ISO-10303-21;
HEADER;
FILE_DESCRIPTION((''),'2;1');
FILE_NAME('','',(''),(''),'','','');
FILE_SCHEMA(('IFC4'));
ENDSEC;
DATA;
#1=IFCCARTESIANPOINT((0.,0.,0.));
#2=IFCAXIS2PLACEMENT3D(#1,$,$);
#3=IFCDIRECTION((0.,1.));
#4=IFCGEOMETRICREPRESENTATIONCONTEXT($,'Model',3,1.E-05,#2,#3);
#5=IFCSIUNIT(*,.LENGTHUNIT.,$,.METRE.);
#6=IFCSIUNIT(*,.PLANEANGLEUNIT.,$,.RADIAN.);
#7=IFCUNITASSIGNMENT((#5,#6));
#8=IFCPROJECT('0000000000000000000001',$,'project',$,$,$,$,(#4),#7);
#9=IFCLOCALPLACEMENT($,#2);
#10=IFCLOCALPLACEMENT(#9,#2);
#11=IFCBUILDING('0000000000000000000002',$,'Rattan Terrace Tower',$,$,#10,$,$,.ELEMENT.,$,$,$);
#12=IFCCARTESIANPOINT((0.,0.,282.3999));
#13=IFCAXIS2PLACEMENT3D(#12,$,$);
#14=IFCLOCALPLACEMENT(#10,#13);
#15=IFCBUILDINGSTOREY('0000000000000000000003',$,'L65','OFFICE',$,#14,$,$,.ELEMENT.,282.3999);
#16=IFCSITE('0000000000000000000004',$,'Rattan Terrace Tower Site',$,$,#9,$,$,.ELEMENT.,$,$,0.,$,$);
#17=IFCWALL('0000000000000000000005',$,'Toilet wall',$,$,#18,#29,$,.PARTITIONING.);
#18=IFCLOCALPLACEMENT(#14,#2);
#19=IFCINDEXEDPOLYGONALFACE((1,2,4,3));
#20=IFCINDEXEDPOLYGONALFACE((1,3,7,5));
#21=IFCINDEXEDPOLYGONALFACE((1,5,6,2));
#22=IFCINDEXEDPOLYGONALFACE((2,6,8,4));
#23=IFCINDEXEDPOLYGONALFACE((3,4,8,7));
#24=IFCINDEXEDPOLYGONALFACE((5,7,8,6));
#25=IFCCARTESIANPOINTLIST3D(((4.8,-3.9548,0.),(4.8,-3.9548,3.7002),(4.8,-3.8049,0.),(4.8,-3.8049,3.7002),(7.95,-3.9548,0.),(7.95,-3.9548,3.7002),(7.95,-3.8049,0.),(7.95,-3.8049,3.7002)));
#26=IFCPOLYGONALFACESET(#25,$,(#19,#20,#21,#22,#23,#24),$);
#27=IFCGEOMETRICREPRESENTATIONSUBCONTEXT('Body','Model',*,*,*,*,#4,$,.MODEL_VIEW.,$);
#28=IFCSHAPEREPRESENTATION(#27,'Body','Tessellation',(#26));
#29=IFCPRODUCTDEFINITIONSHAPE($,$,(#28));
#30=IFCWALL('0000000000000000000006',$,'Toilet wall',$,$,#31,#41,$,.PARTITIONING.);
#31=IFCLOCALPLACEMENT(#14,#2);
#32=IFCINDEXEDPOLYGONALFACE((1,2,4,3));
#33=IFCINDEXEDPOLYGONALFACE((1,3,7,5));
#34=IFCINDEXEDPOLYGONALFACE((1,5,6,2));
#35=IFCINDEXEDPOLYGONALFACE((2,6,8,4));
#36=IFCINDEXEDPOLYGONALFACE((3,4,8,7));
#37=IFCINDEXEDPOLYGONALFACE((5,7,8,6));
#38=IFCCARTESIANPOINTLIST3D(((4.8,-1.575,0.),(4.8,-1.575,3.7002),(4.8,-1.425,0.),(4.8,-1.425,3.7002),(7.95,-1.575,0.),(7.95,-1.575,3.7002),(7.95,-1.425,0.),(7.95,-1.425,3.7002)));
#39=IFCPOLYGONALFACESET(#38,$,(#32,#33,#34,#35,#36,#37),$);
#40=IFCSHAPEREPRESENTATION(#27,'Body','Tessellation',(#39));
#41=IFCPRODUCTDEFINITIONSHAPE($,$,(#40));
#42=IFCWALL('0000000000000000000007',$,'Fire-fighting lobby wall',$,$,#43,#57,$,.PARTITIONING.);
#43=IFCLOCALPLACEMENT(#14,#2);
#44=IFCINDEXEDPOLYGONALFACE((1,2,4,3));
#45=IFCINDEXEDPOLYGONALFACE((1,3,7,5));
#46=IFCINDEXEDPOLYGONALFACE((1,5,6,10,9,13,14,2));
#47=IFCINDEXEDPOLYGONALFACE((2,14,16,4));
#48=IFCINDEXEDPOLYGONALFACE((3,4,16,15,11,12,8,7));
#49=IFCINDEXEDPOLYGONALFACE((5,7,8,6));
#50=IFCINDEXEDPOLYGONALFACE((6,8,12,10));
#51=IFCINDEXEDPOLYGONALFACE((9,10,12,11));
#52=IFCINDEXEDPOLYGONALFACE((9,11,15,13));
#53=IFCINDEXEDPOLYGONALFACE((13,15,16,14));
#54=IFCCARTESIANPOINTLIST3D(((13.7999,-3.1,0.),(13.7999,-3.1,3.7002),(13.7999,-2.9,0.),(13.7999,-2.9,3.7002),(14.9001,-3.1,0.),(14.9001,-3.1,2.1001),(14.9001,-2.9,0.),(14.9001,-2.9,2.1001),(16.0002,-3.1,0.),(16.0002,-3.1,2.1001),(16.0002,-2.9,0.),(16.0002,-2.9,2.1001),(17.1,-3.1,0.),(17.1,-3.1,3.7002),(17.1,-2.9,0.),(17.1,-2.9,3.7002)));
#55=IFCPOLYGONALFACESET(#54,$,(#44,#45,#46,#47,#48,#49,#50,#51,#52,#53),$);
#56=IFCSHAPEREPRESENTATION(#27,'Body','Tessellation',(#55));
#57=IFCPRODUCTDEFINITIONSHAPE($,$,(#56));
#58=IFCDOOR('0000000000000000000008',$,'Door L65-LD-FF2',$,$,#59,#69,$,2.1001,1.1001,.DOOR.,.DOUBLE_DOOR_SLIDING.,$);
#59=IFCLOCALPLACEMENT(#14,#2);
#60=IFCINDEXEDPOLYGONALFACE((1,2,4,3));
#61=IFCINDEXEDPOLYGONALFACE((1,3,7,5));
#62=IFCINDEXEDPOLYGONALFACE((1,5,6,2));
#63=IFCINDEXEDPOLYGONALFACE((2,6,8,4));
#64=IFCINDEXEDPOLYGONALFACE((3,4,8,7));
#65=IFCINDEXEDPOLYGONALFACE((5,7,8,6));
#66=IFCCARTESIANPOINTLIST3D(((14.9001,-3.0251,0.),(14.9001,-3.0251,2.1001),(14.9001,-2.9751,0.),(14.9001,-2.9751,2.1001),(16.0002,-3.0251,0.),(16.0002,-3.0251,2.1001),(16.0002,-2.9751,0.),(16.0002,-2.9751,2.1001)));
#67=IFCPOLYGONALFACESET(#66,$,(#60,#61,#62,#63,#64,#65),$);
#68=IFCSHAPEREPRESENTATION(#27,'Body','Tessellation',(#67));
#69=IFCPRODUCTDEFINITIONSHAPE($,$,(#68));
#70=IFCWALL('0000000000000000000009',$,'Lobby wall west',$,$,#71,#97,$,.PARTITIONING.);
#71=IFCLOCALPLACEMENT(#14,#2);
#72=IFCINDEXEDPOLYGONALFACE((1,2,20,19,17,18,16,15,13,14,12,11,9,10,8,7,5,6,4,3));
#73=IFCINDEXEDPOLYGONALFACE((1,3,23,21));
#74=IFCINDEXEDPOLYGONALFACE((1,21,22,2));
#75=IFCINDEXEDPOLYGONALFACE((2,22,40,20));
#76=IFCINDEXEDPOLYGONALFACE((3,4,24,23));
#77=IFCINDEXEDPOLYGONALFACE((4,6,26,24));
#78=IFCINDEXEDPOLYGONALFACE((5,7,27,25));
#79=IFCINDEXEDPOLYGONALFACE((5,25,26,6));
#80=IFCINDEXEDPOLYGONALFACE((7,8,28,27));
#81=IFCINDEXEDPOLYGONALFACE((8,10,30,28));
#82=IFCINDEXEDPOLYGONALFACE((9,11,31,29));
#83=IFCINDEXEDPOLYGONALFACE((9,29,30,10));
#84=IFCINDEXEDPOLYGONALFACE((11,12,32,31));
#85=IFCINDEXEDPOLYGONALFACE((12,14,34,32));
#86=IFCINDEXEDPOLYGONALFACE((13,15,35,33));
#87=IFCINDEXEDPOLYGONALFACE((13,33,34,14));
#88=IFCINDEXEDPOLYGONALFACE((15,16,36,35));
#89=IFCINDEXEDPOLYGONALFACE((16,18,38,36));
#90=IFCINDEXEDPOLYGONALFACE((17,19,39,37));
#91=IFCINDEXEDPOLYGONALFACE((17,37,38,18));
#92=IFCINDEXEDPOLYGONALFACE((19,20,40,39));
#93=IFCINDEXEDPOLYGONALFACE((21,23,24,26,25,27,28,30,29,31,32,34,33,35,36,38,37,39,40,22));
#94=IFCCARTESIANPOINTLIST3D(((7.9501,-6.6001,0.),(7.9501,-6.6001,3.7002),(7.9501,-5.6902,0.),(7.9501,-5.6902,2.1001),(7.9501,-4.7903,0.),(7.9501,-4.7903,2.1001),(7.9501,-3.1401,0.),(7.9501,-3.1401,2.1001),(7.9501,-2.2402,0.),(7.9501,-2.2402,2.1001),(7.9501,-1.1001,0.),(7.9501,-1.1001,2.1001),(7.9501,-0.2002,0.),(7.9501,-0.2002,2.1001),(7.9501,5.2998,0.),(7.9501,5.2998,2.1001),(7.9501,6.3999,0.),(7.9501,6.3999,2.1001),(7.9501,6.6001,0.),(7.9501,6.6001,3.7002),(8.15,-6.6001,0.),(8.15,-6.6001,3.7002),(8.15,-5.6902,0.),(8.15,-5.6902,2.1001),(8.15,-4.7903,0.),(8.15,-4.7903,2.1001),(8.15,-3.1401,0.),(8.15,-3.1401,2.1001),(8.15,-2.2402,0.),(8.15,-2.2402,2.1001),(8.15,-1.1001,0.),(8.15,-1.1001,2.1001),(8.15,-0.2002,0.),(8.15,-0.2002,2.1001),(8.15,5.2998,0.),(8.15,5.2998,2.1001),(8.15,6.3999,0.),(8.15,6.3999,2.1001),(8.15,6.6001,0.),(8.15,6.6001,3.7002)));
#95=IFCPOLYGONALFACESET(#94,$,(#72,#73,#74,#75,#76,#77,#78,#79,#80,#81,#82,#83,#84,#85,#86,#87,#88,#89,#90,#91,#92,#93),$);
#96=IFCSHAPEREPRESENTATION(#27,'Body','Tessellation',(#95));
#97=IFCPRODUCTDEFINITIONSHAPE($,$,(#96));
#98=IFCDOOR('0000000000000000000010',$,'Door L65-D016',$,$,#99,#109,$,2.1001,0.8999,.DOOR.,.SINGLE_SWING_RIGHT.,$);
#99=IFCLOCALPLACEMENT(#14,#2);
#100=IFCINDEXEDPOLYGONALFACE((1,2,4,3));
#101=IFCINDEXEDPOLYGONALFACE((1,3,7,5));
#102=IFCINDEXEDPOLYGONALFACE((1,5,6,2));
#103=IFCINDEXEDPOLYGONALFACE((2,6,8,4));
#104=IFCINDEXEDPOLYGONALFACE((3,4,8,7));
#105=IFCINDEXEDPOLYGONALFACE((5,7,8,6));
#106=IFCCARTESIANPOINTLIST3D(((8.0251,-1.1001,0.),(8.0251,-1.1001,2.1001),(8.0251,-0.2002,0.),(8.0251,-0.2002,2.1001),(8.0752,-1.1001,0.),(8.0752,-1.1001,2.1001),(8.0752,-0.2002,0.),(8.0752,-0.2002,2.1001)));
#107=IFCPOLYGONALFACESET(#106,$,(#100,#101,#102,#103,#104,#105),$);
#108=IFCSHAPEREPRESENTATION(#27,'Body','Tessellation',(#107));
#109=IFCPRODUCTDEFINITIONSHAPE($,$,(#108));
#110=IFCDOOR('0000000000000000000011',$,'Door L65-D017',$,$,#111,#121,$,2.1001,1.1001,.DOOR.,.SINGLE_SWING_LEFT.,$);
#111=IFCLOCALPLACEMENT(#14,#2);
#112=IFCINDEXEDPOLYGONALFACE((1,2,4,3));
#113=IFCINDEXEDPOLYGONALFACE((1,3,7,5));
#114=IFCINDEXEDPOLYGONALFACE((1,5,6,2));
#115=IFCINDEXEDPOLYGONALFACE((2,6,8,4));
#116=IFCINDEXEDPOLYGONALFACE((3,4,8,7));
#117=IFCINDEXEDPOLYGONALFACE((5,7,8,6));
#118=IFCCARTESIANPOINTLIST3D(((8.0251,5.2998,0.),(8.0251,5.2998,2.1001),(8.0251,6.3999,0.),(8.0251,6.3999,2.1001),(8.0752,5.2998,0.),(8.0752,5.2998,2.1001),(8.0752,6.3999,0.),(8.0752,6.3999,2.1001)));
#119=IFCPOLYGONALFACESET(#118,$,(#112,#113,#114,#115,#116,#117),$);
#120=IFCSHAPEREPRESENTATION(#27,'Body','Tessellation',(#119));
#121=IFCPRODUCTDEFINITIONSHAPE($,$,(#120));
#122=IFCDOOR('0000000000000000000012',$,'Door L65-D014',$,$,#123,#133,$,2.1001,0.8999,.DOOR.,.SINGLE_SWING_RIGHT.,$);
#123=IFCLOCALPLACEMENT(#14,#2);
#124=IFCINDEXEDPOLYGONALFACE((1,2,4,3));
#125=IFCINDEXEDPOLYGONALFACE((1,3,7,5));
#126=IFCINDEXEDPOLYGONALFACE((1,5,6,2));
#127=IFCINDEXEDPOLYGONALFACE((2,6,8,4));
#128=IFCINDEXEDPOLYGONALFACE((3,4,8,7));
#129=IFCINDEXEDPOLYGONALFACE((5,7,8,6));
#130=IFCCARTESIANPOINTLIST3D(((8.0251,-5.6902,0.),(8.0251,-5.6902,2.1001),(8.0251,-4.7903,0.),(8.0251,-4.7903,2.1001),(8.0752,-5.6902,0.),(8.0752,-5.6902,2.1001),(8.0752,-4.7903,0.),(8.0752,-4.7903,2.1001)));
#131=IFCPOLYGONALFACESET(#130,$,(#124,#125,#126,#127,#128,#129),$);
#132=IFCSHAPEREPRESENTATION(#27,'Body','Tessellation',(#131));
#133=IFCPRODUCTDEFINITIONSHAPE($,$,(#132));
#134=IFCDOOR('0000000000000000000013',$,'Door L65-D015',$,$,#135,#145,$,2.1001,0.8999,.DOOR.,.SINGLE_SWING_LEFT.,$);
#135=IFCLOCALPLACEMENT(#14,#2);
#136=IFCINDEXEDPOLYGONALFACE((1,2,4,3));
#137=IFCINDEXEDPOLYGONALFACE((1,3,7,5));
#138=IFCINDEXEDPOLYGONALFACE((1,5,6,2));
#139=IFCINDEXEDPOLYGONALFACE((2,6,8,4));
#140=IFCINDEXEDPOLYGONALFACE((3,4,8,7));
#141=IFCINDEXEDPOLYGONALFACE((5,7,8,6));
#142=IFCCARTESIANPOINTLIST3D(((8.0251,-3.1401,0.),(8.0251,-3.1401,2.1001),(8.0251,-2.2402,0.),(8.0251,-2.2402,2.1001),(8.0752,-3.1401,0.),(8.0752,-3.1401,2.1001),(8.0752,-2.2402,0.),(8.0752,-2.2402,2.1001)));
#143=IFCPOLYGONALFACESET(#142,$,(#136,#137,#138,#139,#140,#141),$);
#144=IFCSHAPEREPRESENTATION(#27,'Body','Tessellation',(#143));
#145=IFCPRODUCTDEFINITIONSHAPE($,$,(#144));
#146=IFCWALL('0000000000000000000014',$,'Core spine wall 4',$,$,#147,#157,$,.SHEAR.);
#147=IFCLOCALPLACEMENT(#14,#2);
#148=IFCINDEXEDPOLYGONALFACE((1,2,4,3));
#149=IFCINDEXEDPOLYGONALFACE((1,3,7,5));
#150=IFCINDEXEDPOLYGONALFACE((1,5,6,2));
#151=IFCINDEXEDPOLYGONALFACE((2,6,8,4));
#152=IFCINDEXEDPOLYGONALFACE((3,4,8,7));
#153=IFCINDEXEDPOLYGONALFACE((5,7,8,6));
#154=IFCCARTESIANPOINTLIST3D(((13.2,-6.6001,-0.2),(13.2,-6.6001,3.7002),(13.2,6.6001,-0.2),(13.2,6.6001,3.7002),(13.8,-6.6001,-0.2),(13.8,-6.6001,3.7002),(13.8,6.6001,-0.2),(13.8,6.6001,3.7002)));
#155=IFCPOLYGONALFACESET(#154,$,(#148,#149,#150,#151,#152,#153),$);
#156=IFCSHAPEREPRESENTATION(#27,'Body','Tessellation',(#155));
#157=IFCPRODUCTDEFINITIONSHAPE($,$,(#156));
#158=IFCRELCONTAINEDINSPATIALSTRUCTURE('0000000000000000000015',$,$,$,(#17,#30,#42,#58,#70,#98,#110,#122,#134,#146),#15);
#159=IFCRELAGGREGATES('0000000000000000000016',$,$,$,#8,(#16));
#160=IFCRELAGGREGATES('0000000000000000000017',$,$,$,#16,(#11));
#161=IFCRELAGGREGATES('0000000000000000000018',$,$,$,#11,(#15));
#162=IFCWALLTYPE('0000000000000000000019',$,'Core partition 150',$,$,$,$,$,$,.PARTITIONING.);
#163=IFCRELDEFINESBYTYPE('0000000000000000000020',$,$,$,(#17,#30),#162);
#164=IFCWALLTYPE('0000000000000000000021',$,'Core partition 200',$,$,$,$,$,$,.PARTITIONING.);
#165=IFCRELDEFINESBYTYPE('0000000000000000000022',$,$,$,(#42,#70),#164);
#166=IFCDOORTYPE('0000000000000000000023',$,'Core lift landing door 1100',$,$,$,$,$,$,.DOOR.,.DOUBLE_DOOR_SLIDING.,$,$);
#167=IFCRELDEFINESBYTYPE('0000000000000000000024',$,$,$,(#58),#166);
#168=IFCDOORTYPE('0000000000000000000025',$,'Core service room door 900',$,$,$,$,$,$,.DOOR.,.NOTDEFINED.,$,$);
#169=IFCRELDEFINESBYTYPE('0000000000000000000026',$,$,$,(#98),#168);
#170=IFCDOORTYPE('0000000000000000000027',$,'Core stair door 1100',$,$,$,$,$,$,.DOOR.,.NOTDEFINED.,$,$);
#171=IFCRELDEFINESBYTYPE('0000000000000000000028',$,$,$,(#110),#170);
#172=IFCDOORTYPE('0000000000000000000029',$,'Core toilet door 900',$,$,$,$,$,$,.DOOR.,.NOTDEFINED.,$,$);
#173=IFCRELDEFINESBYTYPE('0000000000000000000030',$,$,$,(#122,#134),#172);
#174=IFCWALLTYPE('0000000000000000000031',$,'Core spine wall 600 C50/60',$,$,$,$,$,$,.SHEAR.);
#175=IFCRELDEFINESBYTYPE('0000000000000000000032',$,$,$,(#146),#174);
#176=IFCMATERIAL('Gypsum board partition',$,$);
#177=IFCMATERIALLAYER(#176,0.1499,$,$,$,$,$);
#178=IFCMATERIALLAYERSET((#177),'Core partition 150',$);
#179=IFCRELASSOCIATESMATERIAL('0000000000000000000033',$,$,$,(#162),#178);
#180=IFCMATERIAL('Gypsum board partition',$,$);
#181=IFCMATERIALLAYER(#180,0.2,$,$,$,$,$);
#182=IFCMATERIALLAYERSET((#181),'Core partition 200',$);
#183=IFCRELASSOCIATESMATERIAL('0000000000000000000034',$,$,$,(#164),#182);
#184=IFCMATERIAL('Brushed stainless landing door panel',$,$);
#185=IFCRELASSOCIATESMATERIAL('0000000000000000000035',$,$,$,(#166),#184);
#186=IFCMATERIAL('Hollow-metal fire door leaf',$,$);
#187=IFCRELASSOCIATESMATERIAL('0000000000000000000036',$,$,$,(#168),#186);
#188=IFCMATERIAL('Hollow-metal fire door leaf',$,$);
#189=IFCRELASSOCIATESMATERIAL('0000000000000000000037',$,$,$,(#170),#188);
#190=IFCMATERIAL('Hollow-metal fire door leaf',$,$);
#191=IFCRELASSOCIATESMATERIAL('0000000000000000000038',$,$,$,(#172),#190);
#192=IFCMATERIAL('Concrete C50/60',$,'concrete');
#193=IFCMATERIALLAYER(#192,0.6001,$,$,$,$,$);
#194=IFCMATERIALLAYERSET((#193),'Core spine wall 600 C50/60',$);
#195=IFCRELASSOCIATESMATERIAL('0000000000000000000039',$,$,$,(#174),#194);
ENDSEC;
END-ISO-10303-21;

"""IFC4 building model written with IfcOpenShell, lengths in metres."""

from ifc_helpers import new_model, si_unit, direction, frame, frame_2d, origin, place, context, subcontext, project, spatial, rectangle, extrude, material, layer, layer_set, type_object, element, fill, save


model = new_model("IFC4")

# Units and contexts
model_context = context("Model", 3, precision=1e-05, world=origin(), true_north=direction((0.0, 1.0)))
body_context = subcontext(model_context, "Body", "Model", "MODEL_VIEW")
ifc_project = project(units=[si_unit("LENGTHUNIT", "METRE"), si_unit("PLANEANGLEUNIT", "RADIAN")], contexts=[model_context])

# Site, building, storey
site_placement = place(None, origin())
site = spatial("IfcSite", under=ifc_project, at=site_placement, Name="Rattan Terrace Tower Site", CompositionType="ELEMENT", RefElevation=0.0)
building_placement = place(site_placement, origin())
building = spatial("IfcBuilding", under=site, at=building_placement, Name="Rattan Terrace Tower", CompositionType="ELEMENT")
storey_placement = place(building_placement, frame((0.0, 0.0, 282.3999)))
storey = spatial("IfcBuildingStorey", under=building, at=storey_placement, Name="L65", Description="OFFICE", CompositionType="ELEMENT", Elevation=282.3999)

# Walls
ifc_material_1 = material(Name="Gypsum board partition")
ifc_layer_1 = layer(ifc_material_1, 0.1499)
ifc_layer_set_1 = layer_set([ifc_layer_1], Name="Core partition 150")
wall_type_1 = type_object("IfcWallType", Name="Core partition 150", PredefinedType="PARTITIONING", material=ifc_layer_set_1)
for number, where, z_axis, x_axis, name in (
    (1, (4.8, -3.8799, 0.0), (0.0, 0.0, 1.0), (1.0, 0.0, 0.0), "Toilet wall"),
    (2, (4.8, -1.5, 0.0), (0.0, 0.0, 1.0), (1.0, 0.0, 0.0), "Toilet wall"),
):
    element("IfcWall", number, at=place(storey_placement, frame(where, z_axis=z_axis, x_axis=x_axis)), inside=storey, type_object=wall_type_1, Name=name, PredefinedType="PARTITIONING", context=body_context, shape_type="SweptSolid", body=[
        extrude(rectangle(XDim=3.1499, YDim=0.1499, at=frame_2d((1.575, 0.0))), origin(), (0.0, 0.0, 1.0), 3.7002),
    ])

# Wall, opening, door
ifc_material_2 = material(Name="Gypsum board partition")
ifc_layer_2 = layer(ifc_material_2, 0.2)
ifc_layer_set_2 = layer_set([ifc_layer_2], Name="Core partition 200")
wall_type_2 = type_object("IfcWallType", Name="Core partition 200", PredefinedType="PARTITIONING", material=ifc_layer_set_2)
wall_1_placement = place(storey_placement, frame((13.8, -3.0, 0.0), z_axis=(0.0, 0.0, 1.0), x_axis=(1.0, 0.0, 0.0)))
wall_1 = element("IfcWall", 3, at=wall_1_placement, inside=storey, type_object=wall_type_2, Name="Fire-fighting lobby wall", PredefinedType="PARTITIONING", context=body_context, shape_type="SweptSolid", body=[
    extrude(rectangle(XDim=3.3, YDim=0.2, at=frame_2d((1.6499, 0.0))), origin(), (0.0, 0.0, 1.0), 3.7002),
])
opening_1_placement = place(wall_1_placement, frame((1.1001, 0.0, 0.0)))
opening_1 = element("IfcOpeningElement", 4, at=opening_1_placement, cuts=wall_1, PredefinedType="OPENING", context=body_context, shape_type="SweptSolid", body=[
    extrude(rectangle(XDim=1.1001, YDim=2.1001, at=frame_2d((0.55, 1.05))), frame((0.0, 0.1106, 0.0), z_axis=(0.0, -1.0, 0.0), x_axis=(1.0, 0.0, 0.0)), (0.0, 0.0, 1.0), 0.2209),
])
ifc_material_3 = material(Name="Brushed stainless landing door panel")
door_type_1 = type_object("IfcDoorType", Name="Core lift landing door 1100", OperationType="DOUBLE_DOOR_SLIDING", PredefinedType="DOOR", material=ifc_material_3)
door_1_placement = place(opening_1_placement, origin())
door_1 = element("IfcDoor", 5, at=door_1_placement, inside=storey, type_object=door_type_1, Name="Door L65-LD-FF2", OperationType="DOUBLE_DOOR_SLIDING", OverallHeight=2.1001, OverallWidth=1.1001, PredefinedType="DOOR", context=body_context, shape_type="SweptSolid", body=[
    extrude(rectangle(XDim=1.1001, YDim=2.1001, at=frame_2d((0.55, 1.05))), frame((0.0, 0.0249, 0.0), z_axis=(0.0, -1.0, 0.0), x_axis=(1.0, 0.0, 0.0)), (0.0, 0.0, 1.0), 0.05),
])
fill(opening_1, door_1)

# Wall, openings, doors
wall_2_placement = place(storey_placement, frame((8.05, -6.6001, 0.0), z_axis=(0.0, 0.0, 1.0), x_axis=(0.0, 1.0, 0.0)))
wall_2 = element("IfcWall", 6, at=wall_2_placement, inside=storey, type_object=wall_type_2, Name="Lobby wall west", PredefinedType="PARTITIONING", context=body_context, shape_type="SweptSolid", body=[
    extrude(rectangle(XDim=13.2002, YDim=0.2, at=frame_2d((6.6001, 0.0))), origin(), (0.0, 0.0, 1.0), 3.7002),
])
opening_2_placement = place(wall_2_placement, frame((0.9099, 0.0, 0.0)))
opening_2 = element("IfcOpeningElement", 7, at=opening_2_placement, cuts=wall_2, PredefinedType="OPENING", context=body_context, shape_type="SweptSolid", body=[
    extrude(rectangle(XDim=0.8999, YDim=2.1001, at=frame_2d((0.45, 1.05))), frame((0.0, 0.1106, 0.0), z_axis=(0.0, -1.0, 0.0), x_axis=(1.0, 0.0, 0.0)), (0.0, 0.0, 1.0), 0.2209),
])
opening_3_placement = place(wall_2_placement, frame((3.46, 0.0, 0.0)))
opening_3 = element("IfcOpeningElement", 8, at=opening_3_placement, cuts=wall_2, PredefinedType="OPENING", context=body_context, shape_type="SweptSolid", body=[
    extrude(rectangle(XDim=0.8999, YDim=2.1001, at=frame_2d((0.45, 1.05))), frame((0.0, 0.1106, 0.0), z_axis=(0.0, -1.0, 0.0), x_axis=(1.0, 0.0, 0.0)), (0.0, 0.0, 1.0), 0.2209),
])
opening_4_placement = place(wall_2_placement, frame((5.5, 0.0, 0.0)))
opening_4 = element("IfcOpeningElement", 9, at=opening_4_placement, cuts=wall_2, PredefinedType="OPENING", context=body_context, shape_type="SweptSolid", body=[
    extrude(rectangle(XDim=0.8999, YDim=2.1001, at=frame_2d((0.45, 1.05))), frame((0.0, 0.1106, 0.0), z_axis=(0.0, -1.0, 0.0), x_axis=(1.0, 0.0, 0.0)), (0.0, 0.0, 1.0), 0.2209),
])
opening_5_placement = place(wall_2_placement, frame((11.8999, 0.0, 0.0)))
opening_5 = element("IfcOpeningElement", 10, at=opening_5_placement, cuts=wall_2, PredefinedType="OPENING", context=body_context, shape_type="SweptSolid", body=[
    extrude(rectangle(XDim=1.1001, YDim=2.1001, at=frame_2d((0.55, 1.05))), frame((0.0, 0.1106, 0.0), z_axis=(0.0, -1.0, 0.0), x_axis=(1.0, 0.0, 0.0)), (0.0, 0.0, 1.0), 0.2209),
])
ifc_material_4 = material(Name="Hollow-metal fire door leaf")
door_type_2 = type_object("IfcDoorType", Name="Core service room door 900", OperationType="NOTDEFINED", PredefinedType="DOOR", material=ifc_material_4)
door_2_placement = place(opening_4_placement, origin())
door_2 = element("IfcDoor", 11, at=door_2_placement, inside=storey, type_object=door_type_2, Name="Door L65-D016", OperationType="SINGLE_SWING_RIGHT", OverallHeight=2.1001, OverallWidth=0.8999, PredefinedType="DOOR", context=body_context, shape_type="SweptSolid", body=[
    extrude(rectangle(XDim=0.8999, YDim=2.1001, at=frame_2d((0.45, 1.05))), frame((0.0, 0.0249, 0.0), z_axis=(0.0, -1.0, 0.0), x_axis=(1.0, 0.0, 0.0)), (0.0, 0.0, 1.0), 0.05),
])
fill(opening_4, door_2)
ifc_material_5 = material(Name="Hollow-metal fire door leaf")
door_type_3 = type_object("IfcDoorType", Name="Core stair door 1100", OperationType="NOTDEFINED", PredefinedType="DOOR", material=ifc_material_5)
door_3_placement = place(opening_5_placement, origin())
door_3 = element("IfcDoor", 12, at=door_3_placement, inside=storey, type_object=door_type_3, Name="Door L65-D017", OperationType="SINGLE_SWING_LEFT", OverallHeight=2.1001, OverallWidth=1.1001, PredefinedType="DOOR", context=body_context, shape_type="SweptSolid", body=[
    extrude(rectangle(XDim=1.1001, YDim=2.1001, at=frame_2d((0.55, 1.05))), frame((0.0, 0.0249, 0.0), z_axis=(0.0, -1.0, 0.0), x_axis=(1.0, 0.0, 0.0)), (0.0, 0.0, 1.0), 0.05),
])
fill(opening_5, door_3)
ifc_material_6 = material(Name="Hollow-metal fire door leaf")
door_type_4 = type_object("IfcDoorType", Name="Core toilet door 900", OperationType="NOTDEFINED", PredefinedType="DOOR", material=ifc_material_6)
door_4_placement = place(opening_2_placement, origin())
door_4 = element("IfcDoor", 13, at=door_4_placement, inside=storey, type_object=door_type_4, Name="Door L65-D014", OperationType="SINGLE_SWING_RIGHT", OverallHeight=2.1001, OverallWidth=0.8999, PredefinedType="DOOR", context=body_context, shape_type="SweptSolid", body=[
    extrude(rectangle(XDim=0.8999, YDim=2.1001, at=frame_2d((0.45, 1.05))), frame((0.0, 0.0249, 0.0), z_axis=(0.0, -1.0, 0.0), x_axis=(1.0, 0.0, 0.0)), (0.0, 0.0, 1.0), 0.05),
])
fill(opening_2, door_4)
door_5_placement = place(opening_3_placement, origin())
door_5 = element("IfcDoor", 14, at=door_5_placement, inside=storey, type_object=door_type_4, Name="Door L65-D015", OperationType="SINGLE_SWING_LEFT", OverallHeight=2.1001, OverallWidth=0.8999, PredefinedType="DOOR", context=body_context, shape_type="SweptSolid", body=[
    extrude(rectangle(XDim=0.8999, YDim=2.1001, at=frame_2d((0.45, 1.05))), frame((0.0, 0.0249, 0.0), z_axis=(0.0, -1.0, 0.0), x_axis=(1.0, 0.0, 0.0)), (0.0, 0.0, 1.0), 0.05),
])
fill(opening_3, door_5)

# Wall
ifc_material_7 = material(Name="Concrete C50/60", Category="concrete")
ifc_layer_3 = layer(ifc_material_7, 0.6001)
ifc_layer_set_3 = layer_set([ifc_layer_3], Name="Core spine wall 600 C50/60")
wall_type_3 = type_object("IfcWallType", Name="Core spine wall 600 C50/60", PredefinedType="SHEAR", material=ifc_layer_set_3)
wall_3_placement = place(storey_placement, frame((13.5, -6.6001, -0.2), z_axis=(0.0, 0.0, 1.0), x_axis=(0.0, 1.0, 0.0)))
element("IfcWall", 15, at=wall_3_placement, inside=storey, type_object=wall_type_3, Name="Core spine wall 4", PredefinedType="SHEAR", context=body_context, shape_type="SweptSolid", body=[
    extrude(rectangle(XDim=13.2002, YDim=0.6001, at=frame_2d((6.6001, 0.0))), origin(), (0.0, 0.0, 1.0), 3.9001),
])

save(model, "model.ifc")
